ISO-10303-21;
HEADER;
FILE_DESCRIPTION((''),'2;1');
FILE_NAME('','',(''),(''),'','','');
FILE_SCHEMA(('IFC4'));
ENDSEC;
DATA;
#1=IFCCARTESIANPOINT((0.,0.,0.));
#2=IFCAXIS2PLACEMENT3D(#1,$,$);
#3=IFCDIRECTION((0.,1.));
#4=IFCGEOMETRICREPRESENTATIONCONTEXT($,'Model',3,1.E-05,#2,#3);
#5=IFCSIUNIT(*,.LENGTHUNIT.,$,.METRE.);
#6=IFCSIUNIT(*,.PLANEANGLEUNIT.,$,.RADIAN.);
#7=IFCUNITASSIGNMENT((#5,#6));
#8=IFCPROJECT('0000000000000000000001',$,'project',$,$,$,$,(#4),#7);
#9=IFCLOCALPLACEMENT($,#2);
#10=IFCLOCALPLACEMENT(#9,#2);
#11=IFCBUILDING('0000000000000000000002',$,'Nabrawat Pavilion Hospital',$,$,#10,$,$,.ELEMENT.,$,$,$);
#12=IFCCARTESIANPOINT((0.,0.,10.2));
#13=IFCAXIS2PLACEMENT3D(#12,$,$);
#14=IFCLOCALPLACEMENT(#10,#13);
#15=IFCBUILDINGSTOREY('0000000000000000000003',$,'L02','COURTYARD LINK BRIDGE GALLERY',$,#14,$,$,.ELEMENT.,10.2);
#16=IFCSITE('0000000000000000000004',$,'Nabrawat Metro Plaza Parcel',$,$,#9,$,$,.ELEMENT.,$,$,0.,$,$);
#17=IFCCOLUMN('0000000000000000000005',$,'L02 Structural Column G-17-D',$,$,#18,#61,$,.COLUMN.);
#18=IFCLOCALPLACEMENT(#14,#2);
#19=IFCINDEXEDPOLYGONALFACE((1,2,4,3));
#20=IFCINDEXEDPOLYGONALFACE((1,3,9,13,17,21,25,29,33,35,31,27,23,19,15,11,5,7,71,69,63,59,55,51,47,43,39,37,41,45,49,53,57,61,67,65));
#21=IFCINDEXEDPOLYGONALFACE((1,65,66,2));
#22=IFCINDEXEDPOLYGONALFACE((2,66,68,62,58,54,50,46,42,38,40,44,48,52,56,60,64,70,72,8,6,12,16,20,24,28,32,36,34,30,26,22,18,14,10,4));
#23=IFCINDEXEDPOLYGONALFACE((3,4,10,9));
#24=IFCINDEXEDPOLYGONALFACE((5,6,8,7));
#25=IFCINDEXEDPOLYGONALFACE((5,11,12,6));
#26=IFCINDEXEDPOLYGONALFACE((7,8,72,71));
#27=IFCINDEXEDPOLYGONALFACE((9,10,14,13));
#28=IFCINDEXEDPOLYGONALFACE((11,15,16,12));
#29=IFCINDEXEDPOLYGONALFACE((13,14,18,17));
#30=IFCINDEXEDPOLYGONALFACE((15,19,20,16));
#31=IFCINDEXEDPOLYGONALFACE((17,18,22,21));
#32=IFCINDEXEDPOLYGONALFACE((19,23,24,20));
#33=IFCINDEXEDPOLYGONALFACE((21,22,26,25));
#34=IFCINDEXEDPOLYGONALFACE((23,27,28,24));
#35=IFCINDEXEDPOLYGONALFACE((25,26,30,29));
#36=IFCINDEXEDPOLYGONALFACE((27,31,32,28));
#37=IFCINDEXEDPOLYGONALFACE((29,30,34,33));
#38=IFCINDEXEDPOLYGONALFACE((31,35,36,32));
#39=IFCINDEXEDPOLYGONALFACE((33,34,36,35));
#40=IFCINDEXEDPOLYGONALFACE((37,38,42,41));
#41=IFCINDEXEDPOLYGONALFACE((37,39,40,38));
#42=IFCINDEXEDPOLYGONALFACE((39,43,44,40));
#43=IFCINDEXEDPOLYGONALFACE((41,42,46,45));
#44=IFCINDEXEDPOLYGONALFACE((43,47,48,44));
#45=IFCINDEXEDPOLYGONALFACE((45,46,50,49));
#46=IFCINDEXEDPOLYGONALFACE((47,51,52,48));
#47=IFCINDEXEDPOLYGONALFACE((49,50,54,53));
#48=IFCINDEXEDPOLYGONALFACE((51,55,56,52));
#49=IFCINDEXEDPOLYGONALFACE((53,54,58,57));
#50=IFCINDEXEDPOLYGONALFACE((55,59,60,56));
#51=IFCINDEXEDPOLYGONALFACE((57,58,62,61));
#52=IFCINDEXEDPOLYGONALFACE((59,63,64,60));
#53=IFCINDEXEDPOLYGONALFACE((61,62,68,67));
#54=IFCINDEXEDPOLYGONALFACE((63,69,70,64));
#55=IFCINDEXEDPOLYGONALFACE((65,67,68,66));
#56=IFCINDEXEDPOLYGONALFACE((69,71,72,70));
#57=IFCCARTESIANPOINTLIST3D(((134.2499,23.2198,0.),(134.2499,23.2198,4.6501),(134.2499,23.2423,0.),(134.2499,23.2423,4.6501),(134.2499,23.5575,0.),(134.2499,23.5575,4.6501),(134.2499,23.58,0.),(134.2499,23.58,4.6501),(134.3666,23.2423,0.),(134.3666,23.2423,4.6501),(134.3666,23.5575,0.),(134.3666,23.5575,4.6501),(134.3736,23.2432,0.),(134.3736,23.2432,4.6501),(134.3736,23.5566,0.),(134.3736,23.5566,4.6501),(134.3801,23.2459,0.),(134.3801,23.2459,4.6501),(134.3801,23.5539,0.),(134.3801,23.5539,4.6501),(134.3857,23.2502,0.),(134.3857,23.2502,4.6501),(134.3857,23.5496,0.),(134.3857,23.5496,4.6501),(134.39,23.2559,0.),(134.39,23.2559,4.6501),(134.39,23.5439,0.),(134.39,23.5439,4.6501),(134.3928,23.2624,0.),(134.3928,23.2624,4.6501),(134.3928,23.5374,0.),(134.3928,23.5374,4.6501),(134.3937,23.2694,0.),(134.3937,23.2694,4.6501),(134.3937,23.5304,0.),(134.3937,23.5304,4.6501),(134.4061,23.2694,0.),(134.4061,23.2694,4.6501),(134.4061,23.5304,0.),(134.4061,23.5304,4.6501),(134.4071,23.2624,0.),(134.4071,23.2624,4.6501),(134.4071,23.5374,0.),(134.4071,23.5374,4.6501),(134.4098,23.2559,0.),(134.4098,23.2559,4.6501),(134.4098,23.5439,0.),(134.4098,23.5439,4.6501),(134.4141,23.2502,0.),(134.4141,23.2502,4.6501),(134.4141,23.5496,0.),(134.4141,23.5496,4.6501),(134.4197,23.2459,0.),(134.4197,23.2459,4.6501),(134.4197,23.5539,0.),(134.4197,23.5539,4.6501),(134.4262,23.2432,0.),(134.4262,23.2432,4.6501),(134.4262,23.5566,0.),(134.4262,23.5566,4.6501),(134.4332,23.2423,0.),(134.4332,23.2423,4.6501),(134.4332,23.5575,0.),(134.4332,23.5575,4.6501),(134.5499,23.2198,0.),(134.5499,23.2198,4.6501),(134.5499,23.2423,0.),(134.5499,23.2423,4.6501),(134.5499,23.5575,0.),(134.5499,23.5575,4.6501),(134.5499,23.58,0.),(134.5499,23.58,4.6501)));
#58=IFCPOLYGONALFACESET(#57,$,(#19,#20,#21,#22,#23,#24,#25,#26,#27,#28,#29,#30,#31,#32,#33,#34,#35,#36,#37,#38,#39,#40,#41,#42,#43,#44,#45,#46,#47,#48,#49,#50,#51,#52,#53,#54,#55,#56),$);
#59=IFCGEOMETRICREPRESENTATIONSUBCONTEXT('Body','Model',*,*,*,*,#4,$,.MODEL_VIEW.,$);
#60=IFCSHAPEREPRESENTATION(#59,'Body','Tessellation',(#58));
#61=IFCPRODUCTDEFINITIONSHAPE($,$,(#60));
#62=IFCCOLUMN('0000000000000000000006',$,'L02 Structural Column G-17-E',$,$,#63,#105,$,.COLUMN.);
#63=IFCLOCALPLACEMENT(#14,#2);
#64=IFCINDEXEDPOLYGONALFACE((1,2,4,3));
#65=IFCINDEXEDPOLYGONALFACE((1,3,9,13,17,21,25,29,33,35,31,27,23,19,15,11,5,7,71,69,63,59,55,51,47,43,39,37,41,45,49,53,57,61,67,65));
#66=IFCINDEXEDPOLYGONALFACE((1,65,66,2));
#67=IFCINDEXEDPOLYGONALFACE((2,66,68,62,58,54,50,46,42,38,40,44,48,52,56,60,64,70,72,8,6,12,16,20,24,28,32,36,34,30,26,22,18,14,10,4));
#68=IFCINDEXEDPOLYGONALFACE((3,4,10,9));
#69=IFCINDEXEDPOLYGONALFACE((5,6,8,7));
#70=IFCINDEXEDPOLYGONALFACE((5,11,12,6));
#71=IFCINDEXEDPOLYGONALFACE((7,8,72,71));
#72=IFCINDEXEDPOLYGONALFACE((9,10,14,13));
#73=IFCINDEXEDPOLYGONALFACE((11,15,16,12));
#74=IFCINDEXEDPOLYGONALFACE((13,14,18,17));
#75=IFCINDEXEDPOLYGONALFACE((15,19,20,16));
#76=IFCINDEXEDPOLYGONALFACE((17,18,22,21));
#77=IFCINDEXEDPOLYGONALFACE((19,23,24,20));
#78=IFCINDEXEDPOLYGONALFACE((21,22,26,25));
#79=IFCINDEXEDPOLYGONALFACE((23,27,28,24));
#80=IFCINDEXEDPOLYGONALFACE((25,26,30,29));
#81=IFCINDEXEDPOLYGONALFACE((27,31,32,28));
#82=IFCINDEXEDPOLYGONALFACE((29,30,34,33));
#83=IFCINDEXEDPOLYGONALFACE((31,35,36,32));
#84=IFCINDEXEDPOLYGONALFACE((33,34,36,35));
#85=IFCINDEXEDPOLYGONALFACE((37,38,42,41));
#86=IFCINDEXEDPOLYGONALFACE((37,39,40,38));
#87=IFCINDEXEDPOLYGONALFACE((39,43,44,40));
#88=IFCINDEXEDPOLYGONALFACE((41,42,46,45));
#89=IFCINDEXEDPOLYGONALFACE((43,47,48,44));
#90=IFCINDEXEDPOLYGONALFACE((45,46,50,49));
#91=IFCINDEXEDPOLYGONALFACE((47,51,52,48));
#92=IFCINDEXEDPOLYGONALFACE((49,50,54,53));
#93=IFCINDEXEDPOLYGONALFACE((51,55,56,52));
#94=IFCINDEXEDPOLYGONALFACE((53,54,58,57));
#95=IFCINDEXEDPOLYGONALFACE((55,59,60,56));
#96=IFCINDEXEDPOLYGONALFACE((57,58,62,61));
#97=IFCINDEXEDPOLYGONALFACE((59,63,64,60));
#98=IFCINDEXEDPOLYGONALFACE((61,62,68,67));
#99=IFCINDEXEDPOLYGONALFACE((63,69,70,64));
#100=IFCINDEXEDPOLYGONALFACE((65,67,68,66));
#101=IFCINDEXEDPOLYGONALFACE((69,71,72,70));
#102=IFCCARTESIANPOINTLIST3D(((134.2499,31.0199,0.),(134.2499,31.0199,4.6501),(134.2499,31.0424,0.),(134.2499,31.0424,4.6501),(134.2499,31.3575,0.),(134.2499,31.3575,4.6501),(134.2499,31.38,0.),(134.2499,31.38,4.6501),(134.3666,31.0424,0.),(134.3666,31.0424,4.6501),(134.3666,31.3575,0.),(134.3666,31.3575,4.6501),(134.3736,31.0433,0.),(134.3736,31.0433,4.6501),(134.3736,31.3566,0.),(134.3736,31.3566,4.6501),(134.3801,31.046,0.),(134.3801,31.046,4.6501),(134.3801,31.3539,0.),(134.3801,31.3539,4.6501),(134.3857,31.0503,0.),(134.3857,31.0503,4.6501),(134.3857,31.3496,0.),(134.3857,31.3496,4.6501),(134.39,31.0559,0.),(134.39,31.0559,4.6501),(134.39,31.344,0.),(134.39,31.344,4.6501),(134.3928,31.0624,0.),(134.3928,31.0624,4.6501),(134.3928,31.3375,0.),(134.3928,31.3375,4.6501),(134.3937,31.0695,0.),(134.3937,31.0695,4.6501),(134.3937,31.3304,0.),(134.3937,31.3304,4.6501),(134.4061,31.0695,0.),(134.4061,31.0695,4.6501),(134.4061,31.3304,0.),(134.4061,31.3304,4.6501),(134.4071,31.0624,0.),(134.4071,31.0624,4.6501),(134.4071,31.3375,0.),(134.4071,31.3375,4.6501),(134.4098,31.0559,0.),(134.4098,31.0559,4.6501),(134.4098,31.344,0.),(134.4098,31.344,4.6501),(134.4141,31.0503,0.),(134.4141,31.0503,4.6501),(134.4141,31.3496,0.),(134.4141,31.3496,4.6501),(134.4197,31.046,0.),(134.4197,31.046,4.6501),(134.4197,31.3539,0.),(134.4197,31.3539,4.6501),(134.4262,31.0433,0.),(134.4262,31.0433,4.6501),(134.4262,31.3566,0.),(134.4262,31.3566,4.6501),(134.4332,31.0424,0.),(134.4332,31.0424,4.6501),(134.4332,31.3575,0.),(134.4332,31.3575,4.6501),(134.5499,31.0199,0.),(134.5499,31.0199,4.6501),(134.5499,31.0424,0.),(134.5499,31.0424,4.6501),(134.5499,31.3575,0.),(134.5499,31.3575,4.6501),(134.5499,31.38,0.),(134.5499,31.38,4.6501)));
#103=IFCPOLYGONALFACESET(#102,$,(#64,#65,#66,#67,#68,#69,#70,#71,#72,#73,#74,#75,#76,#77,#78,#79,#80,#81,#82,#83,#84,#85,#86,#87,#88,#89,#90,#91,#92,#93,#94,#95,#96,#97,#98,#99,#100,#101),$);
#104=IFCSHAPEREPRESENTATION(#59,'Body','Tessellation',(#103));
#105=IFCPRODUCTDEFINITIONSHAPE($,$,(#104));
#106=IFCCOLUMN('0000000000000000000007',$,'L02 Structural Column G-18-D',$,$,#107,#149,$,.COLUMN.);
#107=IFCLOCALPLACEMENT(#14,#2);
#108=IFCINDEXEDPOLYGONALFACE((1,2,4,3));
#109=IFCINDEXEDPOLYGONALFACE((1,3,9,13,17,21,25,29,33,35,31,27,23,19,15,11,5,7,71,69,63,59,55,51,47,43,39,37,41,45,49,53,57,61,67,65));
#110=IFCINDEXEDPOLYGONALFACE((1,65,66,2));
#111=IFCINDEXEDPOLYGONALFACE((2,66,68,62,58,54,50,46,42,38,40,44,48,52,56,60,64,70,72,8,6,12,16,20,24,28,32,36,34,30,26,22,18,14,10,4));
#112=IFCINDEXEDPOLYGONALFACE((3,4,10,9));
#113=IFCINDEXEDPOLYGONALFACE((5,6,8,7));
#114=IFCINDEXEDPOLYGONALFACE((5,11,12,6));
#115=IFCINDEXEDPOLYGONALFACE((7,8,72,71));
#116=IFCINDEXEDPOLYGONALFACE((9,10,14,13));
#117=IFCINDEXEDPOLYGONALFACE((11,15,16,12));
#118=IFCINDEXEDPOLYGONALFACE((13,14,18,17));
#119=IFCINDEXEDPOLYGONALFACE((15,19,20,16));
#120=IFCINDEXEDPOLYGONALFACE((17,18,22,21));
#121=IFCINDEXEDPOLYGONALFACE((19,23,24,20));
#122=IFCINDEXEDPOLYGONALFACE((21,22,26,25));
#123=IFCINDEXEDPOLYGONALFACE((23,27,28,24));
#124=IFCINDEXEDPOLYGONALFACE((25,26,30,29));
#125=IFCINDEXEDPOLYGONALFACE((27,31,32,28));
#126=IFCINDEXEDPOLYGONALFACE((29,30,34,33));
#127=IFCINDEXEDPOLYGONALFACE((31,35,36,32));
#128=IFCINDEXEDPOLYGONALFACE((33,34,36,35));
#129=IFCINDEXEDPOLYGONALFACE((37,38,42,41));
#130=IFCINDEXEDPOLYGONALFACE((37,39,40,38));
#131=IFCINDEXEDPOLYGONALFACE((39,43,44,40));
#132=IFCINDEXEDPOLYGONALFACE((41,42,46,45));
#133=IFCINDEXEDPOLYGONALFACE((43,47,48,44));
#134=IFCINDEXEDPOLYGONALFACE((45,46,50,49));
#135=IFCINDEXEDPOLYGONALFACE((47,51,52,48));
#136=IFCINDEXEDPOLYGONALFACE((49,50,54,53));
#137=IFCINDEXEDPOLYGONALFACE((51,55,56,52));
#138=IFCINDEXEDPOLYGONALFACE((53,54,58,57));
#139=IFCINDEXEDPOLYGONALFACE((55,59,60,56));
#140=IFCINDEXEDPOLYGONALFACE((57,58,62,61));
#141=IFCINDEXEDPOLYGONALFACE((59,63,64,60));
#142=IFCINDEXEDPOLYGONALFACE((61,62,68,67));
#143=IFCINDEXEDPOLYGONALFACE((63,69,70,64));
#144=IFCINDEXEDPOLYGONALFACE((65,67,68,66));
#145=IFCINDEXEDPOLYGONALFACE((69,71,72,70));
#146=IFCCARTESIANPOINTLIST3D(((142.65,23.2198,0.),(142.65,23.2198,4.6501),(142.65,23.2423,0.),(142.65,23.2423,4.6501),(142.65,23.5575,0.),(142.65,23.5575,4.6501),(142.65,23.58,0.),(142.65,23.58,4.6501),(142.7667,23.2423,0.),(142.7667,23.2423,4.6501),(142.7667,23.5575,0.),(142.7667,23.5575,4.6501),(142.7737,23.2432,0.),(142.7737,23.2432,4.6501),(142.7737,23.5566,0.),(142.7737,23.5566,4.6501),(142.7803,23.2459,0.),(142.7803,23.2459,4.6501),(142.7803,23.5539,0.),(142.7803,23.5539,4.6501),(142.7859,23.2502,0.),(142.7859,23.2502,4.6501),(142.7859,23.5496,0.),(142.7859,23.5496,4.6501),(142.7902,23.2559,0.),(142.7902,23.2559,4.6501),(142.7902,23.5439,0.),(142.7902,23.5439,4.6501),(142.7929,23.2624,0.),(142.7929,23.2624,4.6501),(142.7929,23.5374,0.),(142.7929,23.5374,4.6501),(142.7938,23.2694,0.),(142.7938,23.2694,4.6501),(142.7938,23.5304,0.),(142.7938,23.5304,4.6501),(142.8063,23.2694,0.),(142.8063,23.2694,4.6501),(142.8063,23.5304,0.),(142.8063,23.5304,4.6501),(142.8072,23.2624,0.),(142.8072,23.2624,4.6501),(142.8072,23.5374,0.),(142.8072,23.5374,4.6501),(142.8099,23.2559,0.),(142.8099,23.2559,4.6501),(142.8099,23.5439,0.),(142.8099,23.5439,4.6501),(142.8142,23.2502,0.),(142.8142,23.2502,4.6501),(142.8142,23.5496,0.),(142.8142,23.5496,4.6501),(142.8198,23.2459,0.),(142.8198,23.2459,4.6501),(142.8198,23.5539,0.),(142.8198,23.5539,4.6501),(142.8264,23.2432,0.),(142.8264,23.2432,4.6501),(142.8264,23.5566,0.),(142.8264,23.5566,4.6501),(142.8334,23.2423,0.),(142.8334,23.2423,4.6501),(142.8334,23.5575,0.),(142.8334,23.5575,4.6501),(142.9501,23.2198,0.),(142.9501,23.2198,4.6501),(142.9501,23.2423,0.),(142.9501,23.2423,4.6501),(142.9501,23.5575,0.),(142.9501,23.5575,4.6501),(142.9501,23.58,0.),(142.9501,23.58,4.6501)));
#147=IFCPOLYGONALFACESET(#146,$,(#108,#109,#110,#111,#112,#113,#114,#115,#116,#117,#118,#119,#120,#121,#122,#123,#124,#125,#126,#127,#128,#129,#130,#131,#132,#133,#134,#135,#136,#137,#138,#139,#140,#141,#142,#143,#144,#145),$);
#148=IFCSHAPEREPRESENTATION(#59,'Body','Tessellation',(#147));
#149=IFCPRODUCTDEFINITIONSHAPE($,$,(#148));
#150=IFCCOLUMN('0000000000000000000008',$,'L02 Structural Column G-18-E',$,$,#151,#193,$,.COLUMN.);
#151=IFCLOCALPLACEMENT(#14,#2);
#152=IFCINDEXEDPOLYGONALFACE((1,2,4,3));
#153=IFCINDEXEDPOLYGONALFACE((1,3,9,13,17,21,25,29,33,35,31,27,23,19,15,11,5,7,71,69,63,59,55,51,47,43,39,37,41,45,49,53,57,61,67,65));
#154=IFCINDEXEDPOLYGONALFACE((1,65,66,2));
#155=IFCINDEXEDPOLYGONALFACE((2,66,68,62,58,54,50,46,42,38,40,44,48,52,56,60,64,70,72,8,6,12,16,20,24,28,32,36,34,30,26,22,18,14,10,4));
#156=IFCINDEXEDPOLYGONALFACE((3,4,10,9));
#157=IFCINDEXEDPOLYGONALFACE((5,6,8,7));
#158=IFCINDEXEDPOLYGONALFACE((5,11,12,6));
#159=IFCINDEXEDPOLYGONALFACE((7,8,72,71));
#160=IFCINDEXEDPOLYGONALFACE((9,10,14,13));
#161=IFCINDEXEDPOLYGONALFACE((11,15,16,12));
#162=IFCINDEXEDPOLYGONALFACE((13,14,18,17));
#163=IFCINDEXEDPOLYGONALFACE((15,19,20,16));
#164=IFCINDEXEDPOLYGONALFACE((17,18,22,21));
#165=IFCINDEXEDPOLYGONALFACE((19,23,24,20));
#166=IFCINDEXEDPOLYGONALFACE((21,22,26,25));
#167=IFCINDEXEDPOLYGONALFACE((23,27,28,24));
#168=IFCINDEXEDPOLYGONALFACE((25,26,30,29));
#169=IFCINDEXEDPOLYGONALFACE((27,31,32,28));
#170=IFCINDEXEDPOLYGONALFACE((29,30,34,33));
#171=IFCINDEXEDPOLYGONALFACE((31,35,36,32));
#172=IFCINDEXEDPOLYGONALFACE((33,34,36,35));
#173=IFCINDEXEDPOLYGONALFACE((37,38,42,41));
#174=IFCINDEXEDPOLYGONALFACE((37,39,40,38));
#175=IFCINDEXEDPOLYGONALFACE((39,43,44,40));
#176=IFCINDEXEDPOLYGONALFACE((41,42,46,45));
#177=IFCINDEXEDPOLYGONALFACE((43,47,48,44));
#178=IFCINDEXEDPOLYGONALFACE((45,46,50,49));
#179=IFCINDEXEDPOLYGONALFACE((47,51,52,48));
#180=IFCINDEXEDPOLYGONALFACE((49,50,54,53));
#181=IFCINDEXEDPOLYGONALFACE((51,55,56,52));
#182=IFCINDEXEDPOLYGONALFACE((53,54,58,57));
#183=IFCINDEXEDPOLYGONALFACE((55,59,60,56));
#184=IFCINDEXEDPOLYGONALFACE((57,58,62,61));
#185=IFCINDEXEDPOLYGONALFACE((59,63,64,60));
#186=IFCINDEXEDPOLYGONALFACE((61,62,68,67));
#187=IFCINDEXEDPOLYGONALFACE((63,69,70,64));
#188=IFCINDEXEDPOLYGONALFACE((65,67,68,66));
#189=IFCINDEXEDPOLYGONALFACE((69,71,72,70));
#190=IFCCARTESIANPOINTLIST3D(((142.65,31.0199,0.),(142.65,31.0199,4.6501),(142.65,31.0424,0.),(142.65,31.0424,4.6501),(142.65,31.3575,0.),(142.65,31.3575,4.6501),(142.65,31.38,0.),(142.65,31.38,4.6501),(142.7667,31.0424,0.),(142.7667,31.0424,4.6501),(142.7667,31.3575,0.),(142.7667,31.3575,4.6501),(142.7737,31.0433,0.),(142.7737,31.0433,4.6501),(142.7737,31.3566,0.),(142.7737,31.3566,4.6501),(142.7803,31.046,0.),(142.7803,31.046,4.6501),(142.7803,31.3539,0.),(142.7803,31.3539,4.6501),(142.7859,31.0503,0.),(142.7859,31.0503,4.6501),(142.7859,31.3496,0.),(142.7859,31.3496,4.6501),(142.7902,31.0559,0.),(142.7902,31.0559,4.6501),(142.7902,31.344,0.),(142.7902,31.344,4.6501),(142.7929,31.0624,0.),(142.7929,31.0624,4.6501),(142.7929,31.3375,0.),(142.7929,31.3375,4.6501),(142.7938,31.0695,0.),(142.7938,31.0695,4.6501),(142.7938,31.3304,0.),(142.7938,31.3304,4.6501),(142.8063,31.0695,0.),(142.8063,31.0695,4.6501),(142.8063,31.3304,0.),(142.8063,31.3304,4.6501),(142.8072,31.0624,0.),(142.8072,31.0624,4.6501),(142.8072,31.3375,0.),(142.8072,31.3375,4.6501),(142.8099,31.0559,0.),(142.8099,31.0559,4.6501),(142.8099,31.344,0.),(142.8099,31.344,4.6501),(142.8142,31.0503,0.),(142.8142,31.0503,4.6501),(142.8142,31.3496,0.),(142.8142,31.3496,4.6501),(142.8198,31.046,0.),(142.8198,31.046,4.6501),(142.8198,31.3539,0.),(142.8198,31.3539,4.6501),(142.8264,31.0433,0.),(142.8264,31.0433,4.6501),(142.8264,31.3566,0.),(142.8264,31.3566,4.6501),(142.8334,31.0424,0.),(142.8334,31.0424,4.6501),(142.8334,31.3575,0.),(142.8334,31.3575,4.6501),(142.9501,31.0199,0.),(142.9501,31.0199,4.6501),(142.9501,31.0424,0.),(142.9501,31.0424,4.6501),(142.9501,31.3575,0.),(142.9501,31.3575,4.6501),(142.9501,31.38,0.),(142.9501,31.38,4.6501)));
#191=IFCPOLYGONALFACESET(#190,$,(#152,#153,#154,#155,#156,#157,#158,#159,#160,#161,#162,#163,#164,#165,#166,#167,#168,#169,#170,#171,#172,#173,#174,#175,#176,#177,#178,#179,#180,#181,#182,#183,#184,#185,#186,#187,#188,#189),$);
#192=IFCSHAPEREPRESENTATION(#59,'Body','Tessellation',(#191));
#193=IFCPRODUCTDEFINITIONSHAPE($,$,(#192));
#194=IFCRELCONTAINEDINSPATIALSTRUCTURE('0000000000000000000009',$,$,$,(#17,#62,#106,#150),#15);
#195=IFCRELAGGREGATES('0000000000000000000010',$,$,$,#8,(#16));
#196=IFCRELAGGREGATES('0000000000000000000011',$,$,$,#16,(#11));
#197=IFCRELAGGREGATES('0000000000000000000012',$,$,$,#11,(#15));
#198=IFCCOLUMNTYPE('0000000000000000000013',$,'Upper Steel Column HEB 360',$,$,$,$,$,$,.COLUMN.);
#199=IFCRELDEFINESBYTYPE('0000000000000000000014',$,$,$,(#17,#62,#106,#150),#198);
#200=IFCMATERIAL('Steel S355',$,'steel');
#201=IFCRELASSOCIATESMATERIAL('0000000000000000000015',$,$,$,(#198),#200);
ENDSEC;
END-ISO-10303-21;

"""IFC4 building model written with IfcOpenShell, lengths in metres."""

from ifc_helpers import new_model, si_unit, direction, frame, origin, origin_2d, place, context, subcontext, project, spatial, i_section, extrude, material, material_profile, profile_set, type_object, element, save


model = new_model("IFC4")

# Units and contexts
model_context = context("Model", 3, precision=1e-05, world=origin(), true_north=direction((0.0, 1.0)))
body_context = subcontext(model_context, "Body", "Model", "MODEL_VIEW")
ifc_project = project(units=[si_unit("LENGTHUNIT", "METRE"), si_unit("PLANEANGLEUNIT", "RADIAN")], contexts=[model_context])

# Site, building, storey
site_placement = place(None, origin())
site = spatial("IfcSite", under=ifc_project, at=site_placement, Name="Nabrawat Metro Plaza Parcel", CompositionType="ELEMENT", RefElevation=0.0)
building_placement = place(site_placement, origin())
building = spatial("IfcBuilding", under=site, at=building_placement, Name="Nabrawat Pavilion Hospital", CompositionType="ELEMENT")
storey_placement = place(building_placement, frame((0.0, 0.0, 10.2)))
storey = spatial("IfcBuildingStorey", under=building, at=storey_placement, Name="L02", Description="COURTYARD LINK BRIDGE GALLERY", CompositionType="ELEMENT", Elevation=10.2)

# Columns
ifc_material_1 = material(Name="Steel S355", Category="steel")
ifc_material_profile_1 = material_profile(ifc_material_1, i_section(OverallWidth=0.3, OverallDepth=0.3601, WebThickness=0.0125, FlangeThickness=0.0225, FilletRadius=0.0271, at=origin_2d()), Name="HEB 360")
ifc_profile_set_1 = profile_set([ifc_material_profile_1], Name="Steel S355")
column_type = type_object("IfcColumnType", Name="Upper Steel Column HEB 360", PredefinedType="COLUMN", material=ifc_profile_set_1)
for number, where, z_axis, x_axis, name in (
    (1, (134.3999, 23.3999, 0.0), (0.0, 0.0, 1.0), (1.0, 0.0, 0.0), "L02 Structural Column G-17-D"),
    (2, (134.3999, 31.2, 0.0), (0.0, 0.0, 1.0), (1.0, 0.0, 0.0), "L02 Structural Column G-17-E"),
    (3, (142.8, 23.3999, 0.0), (0.0, 0.0, 1.0), (1.0, 0.0, 0.0), "L02 Structural Column G-18-D"),
    (4, (142.8, 31.2, 0.0), (0.0, 0.0, 1.0), (1.0, 0.0, 0.0), "L02 Structural Column G-18-E"),
):
    element("IfcColumn", number, at=place(storey_placement, frame(where, z_axis=z_axis, x_axis=x_axis)), inside=storey, type_object=column_type, Name=name, PredefinedType="COLUMN", context=body_context, shape_type="SweptSolid", body=[
        extrude(i_section(OverallWidth=0.3, OverallDepth=0.3601, WebThickness=0.0125, FlangeThickness=0.0225, FilletRadius=0.0271, at=origin_2d()), origin(), (0.0, 0.0, 1.0), 4.6501),
    ])

save(model, "model.ifc")
